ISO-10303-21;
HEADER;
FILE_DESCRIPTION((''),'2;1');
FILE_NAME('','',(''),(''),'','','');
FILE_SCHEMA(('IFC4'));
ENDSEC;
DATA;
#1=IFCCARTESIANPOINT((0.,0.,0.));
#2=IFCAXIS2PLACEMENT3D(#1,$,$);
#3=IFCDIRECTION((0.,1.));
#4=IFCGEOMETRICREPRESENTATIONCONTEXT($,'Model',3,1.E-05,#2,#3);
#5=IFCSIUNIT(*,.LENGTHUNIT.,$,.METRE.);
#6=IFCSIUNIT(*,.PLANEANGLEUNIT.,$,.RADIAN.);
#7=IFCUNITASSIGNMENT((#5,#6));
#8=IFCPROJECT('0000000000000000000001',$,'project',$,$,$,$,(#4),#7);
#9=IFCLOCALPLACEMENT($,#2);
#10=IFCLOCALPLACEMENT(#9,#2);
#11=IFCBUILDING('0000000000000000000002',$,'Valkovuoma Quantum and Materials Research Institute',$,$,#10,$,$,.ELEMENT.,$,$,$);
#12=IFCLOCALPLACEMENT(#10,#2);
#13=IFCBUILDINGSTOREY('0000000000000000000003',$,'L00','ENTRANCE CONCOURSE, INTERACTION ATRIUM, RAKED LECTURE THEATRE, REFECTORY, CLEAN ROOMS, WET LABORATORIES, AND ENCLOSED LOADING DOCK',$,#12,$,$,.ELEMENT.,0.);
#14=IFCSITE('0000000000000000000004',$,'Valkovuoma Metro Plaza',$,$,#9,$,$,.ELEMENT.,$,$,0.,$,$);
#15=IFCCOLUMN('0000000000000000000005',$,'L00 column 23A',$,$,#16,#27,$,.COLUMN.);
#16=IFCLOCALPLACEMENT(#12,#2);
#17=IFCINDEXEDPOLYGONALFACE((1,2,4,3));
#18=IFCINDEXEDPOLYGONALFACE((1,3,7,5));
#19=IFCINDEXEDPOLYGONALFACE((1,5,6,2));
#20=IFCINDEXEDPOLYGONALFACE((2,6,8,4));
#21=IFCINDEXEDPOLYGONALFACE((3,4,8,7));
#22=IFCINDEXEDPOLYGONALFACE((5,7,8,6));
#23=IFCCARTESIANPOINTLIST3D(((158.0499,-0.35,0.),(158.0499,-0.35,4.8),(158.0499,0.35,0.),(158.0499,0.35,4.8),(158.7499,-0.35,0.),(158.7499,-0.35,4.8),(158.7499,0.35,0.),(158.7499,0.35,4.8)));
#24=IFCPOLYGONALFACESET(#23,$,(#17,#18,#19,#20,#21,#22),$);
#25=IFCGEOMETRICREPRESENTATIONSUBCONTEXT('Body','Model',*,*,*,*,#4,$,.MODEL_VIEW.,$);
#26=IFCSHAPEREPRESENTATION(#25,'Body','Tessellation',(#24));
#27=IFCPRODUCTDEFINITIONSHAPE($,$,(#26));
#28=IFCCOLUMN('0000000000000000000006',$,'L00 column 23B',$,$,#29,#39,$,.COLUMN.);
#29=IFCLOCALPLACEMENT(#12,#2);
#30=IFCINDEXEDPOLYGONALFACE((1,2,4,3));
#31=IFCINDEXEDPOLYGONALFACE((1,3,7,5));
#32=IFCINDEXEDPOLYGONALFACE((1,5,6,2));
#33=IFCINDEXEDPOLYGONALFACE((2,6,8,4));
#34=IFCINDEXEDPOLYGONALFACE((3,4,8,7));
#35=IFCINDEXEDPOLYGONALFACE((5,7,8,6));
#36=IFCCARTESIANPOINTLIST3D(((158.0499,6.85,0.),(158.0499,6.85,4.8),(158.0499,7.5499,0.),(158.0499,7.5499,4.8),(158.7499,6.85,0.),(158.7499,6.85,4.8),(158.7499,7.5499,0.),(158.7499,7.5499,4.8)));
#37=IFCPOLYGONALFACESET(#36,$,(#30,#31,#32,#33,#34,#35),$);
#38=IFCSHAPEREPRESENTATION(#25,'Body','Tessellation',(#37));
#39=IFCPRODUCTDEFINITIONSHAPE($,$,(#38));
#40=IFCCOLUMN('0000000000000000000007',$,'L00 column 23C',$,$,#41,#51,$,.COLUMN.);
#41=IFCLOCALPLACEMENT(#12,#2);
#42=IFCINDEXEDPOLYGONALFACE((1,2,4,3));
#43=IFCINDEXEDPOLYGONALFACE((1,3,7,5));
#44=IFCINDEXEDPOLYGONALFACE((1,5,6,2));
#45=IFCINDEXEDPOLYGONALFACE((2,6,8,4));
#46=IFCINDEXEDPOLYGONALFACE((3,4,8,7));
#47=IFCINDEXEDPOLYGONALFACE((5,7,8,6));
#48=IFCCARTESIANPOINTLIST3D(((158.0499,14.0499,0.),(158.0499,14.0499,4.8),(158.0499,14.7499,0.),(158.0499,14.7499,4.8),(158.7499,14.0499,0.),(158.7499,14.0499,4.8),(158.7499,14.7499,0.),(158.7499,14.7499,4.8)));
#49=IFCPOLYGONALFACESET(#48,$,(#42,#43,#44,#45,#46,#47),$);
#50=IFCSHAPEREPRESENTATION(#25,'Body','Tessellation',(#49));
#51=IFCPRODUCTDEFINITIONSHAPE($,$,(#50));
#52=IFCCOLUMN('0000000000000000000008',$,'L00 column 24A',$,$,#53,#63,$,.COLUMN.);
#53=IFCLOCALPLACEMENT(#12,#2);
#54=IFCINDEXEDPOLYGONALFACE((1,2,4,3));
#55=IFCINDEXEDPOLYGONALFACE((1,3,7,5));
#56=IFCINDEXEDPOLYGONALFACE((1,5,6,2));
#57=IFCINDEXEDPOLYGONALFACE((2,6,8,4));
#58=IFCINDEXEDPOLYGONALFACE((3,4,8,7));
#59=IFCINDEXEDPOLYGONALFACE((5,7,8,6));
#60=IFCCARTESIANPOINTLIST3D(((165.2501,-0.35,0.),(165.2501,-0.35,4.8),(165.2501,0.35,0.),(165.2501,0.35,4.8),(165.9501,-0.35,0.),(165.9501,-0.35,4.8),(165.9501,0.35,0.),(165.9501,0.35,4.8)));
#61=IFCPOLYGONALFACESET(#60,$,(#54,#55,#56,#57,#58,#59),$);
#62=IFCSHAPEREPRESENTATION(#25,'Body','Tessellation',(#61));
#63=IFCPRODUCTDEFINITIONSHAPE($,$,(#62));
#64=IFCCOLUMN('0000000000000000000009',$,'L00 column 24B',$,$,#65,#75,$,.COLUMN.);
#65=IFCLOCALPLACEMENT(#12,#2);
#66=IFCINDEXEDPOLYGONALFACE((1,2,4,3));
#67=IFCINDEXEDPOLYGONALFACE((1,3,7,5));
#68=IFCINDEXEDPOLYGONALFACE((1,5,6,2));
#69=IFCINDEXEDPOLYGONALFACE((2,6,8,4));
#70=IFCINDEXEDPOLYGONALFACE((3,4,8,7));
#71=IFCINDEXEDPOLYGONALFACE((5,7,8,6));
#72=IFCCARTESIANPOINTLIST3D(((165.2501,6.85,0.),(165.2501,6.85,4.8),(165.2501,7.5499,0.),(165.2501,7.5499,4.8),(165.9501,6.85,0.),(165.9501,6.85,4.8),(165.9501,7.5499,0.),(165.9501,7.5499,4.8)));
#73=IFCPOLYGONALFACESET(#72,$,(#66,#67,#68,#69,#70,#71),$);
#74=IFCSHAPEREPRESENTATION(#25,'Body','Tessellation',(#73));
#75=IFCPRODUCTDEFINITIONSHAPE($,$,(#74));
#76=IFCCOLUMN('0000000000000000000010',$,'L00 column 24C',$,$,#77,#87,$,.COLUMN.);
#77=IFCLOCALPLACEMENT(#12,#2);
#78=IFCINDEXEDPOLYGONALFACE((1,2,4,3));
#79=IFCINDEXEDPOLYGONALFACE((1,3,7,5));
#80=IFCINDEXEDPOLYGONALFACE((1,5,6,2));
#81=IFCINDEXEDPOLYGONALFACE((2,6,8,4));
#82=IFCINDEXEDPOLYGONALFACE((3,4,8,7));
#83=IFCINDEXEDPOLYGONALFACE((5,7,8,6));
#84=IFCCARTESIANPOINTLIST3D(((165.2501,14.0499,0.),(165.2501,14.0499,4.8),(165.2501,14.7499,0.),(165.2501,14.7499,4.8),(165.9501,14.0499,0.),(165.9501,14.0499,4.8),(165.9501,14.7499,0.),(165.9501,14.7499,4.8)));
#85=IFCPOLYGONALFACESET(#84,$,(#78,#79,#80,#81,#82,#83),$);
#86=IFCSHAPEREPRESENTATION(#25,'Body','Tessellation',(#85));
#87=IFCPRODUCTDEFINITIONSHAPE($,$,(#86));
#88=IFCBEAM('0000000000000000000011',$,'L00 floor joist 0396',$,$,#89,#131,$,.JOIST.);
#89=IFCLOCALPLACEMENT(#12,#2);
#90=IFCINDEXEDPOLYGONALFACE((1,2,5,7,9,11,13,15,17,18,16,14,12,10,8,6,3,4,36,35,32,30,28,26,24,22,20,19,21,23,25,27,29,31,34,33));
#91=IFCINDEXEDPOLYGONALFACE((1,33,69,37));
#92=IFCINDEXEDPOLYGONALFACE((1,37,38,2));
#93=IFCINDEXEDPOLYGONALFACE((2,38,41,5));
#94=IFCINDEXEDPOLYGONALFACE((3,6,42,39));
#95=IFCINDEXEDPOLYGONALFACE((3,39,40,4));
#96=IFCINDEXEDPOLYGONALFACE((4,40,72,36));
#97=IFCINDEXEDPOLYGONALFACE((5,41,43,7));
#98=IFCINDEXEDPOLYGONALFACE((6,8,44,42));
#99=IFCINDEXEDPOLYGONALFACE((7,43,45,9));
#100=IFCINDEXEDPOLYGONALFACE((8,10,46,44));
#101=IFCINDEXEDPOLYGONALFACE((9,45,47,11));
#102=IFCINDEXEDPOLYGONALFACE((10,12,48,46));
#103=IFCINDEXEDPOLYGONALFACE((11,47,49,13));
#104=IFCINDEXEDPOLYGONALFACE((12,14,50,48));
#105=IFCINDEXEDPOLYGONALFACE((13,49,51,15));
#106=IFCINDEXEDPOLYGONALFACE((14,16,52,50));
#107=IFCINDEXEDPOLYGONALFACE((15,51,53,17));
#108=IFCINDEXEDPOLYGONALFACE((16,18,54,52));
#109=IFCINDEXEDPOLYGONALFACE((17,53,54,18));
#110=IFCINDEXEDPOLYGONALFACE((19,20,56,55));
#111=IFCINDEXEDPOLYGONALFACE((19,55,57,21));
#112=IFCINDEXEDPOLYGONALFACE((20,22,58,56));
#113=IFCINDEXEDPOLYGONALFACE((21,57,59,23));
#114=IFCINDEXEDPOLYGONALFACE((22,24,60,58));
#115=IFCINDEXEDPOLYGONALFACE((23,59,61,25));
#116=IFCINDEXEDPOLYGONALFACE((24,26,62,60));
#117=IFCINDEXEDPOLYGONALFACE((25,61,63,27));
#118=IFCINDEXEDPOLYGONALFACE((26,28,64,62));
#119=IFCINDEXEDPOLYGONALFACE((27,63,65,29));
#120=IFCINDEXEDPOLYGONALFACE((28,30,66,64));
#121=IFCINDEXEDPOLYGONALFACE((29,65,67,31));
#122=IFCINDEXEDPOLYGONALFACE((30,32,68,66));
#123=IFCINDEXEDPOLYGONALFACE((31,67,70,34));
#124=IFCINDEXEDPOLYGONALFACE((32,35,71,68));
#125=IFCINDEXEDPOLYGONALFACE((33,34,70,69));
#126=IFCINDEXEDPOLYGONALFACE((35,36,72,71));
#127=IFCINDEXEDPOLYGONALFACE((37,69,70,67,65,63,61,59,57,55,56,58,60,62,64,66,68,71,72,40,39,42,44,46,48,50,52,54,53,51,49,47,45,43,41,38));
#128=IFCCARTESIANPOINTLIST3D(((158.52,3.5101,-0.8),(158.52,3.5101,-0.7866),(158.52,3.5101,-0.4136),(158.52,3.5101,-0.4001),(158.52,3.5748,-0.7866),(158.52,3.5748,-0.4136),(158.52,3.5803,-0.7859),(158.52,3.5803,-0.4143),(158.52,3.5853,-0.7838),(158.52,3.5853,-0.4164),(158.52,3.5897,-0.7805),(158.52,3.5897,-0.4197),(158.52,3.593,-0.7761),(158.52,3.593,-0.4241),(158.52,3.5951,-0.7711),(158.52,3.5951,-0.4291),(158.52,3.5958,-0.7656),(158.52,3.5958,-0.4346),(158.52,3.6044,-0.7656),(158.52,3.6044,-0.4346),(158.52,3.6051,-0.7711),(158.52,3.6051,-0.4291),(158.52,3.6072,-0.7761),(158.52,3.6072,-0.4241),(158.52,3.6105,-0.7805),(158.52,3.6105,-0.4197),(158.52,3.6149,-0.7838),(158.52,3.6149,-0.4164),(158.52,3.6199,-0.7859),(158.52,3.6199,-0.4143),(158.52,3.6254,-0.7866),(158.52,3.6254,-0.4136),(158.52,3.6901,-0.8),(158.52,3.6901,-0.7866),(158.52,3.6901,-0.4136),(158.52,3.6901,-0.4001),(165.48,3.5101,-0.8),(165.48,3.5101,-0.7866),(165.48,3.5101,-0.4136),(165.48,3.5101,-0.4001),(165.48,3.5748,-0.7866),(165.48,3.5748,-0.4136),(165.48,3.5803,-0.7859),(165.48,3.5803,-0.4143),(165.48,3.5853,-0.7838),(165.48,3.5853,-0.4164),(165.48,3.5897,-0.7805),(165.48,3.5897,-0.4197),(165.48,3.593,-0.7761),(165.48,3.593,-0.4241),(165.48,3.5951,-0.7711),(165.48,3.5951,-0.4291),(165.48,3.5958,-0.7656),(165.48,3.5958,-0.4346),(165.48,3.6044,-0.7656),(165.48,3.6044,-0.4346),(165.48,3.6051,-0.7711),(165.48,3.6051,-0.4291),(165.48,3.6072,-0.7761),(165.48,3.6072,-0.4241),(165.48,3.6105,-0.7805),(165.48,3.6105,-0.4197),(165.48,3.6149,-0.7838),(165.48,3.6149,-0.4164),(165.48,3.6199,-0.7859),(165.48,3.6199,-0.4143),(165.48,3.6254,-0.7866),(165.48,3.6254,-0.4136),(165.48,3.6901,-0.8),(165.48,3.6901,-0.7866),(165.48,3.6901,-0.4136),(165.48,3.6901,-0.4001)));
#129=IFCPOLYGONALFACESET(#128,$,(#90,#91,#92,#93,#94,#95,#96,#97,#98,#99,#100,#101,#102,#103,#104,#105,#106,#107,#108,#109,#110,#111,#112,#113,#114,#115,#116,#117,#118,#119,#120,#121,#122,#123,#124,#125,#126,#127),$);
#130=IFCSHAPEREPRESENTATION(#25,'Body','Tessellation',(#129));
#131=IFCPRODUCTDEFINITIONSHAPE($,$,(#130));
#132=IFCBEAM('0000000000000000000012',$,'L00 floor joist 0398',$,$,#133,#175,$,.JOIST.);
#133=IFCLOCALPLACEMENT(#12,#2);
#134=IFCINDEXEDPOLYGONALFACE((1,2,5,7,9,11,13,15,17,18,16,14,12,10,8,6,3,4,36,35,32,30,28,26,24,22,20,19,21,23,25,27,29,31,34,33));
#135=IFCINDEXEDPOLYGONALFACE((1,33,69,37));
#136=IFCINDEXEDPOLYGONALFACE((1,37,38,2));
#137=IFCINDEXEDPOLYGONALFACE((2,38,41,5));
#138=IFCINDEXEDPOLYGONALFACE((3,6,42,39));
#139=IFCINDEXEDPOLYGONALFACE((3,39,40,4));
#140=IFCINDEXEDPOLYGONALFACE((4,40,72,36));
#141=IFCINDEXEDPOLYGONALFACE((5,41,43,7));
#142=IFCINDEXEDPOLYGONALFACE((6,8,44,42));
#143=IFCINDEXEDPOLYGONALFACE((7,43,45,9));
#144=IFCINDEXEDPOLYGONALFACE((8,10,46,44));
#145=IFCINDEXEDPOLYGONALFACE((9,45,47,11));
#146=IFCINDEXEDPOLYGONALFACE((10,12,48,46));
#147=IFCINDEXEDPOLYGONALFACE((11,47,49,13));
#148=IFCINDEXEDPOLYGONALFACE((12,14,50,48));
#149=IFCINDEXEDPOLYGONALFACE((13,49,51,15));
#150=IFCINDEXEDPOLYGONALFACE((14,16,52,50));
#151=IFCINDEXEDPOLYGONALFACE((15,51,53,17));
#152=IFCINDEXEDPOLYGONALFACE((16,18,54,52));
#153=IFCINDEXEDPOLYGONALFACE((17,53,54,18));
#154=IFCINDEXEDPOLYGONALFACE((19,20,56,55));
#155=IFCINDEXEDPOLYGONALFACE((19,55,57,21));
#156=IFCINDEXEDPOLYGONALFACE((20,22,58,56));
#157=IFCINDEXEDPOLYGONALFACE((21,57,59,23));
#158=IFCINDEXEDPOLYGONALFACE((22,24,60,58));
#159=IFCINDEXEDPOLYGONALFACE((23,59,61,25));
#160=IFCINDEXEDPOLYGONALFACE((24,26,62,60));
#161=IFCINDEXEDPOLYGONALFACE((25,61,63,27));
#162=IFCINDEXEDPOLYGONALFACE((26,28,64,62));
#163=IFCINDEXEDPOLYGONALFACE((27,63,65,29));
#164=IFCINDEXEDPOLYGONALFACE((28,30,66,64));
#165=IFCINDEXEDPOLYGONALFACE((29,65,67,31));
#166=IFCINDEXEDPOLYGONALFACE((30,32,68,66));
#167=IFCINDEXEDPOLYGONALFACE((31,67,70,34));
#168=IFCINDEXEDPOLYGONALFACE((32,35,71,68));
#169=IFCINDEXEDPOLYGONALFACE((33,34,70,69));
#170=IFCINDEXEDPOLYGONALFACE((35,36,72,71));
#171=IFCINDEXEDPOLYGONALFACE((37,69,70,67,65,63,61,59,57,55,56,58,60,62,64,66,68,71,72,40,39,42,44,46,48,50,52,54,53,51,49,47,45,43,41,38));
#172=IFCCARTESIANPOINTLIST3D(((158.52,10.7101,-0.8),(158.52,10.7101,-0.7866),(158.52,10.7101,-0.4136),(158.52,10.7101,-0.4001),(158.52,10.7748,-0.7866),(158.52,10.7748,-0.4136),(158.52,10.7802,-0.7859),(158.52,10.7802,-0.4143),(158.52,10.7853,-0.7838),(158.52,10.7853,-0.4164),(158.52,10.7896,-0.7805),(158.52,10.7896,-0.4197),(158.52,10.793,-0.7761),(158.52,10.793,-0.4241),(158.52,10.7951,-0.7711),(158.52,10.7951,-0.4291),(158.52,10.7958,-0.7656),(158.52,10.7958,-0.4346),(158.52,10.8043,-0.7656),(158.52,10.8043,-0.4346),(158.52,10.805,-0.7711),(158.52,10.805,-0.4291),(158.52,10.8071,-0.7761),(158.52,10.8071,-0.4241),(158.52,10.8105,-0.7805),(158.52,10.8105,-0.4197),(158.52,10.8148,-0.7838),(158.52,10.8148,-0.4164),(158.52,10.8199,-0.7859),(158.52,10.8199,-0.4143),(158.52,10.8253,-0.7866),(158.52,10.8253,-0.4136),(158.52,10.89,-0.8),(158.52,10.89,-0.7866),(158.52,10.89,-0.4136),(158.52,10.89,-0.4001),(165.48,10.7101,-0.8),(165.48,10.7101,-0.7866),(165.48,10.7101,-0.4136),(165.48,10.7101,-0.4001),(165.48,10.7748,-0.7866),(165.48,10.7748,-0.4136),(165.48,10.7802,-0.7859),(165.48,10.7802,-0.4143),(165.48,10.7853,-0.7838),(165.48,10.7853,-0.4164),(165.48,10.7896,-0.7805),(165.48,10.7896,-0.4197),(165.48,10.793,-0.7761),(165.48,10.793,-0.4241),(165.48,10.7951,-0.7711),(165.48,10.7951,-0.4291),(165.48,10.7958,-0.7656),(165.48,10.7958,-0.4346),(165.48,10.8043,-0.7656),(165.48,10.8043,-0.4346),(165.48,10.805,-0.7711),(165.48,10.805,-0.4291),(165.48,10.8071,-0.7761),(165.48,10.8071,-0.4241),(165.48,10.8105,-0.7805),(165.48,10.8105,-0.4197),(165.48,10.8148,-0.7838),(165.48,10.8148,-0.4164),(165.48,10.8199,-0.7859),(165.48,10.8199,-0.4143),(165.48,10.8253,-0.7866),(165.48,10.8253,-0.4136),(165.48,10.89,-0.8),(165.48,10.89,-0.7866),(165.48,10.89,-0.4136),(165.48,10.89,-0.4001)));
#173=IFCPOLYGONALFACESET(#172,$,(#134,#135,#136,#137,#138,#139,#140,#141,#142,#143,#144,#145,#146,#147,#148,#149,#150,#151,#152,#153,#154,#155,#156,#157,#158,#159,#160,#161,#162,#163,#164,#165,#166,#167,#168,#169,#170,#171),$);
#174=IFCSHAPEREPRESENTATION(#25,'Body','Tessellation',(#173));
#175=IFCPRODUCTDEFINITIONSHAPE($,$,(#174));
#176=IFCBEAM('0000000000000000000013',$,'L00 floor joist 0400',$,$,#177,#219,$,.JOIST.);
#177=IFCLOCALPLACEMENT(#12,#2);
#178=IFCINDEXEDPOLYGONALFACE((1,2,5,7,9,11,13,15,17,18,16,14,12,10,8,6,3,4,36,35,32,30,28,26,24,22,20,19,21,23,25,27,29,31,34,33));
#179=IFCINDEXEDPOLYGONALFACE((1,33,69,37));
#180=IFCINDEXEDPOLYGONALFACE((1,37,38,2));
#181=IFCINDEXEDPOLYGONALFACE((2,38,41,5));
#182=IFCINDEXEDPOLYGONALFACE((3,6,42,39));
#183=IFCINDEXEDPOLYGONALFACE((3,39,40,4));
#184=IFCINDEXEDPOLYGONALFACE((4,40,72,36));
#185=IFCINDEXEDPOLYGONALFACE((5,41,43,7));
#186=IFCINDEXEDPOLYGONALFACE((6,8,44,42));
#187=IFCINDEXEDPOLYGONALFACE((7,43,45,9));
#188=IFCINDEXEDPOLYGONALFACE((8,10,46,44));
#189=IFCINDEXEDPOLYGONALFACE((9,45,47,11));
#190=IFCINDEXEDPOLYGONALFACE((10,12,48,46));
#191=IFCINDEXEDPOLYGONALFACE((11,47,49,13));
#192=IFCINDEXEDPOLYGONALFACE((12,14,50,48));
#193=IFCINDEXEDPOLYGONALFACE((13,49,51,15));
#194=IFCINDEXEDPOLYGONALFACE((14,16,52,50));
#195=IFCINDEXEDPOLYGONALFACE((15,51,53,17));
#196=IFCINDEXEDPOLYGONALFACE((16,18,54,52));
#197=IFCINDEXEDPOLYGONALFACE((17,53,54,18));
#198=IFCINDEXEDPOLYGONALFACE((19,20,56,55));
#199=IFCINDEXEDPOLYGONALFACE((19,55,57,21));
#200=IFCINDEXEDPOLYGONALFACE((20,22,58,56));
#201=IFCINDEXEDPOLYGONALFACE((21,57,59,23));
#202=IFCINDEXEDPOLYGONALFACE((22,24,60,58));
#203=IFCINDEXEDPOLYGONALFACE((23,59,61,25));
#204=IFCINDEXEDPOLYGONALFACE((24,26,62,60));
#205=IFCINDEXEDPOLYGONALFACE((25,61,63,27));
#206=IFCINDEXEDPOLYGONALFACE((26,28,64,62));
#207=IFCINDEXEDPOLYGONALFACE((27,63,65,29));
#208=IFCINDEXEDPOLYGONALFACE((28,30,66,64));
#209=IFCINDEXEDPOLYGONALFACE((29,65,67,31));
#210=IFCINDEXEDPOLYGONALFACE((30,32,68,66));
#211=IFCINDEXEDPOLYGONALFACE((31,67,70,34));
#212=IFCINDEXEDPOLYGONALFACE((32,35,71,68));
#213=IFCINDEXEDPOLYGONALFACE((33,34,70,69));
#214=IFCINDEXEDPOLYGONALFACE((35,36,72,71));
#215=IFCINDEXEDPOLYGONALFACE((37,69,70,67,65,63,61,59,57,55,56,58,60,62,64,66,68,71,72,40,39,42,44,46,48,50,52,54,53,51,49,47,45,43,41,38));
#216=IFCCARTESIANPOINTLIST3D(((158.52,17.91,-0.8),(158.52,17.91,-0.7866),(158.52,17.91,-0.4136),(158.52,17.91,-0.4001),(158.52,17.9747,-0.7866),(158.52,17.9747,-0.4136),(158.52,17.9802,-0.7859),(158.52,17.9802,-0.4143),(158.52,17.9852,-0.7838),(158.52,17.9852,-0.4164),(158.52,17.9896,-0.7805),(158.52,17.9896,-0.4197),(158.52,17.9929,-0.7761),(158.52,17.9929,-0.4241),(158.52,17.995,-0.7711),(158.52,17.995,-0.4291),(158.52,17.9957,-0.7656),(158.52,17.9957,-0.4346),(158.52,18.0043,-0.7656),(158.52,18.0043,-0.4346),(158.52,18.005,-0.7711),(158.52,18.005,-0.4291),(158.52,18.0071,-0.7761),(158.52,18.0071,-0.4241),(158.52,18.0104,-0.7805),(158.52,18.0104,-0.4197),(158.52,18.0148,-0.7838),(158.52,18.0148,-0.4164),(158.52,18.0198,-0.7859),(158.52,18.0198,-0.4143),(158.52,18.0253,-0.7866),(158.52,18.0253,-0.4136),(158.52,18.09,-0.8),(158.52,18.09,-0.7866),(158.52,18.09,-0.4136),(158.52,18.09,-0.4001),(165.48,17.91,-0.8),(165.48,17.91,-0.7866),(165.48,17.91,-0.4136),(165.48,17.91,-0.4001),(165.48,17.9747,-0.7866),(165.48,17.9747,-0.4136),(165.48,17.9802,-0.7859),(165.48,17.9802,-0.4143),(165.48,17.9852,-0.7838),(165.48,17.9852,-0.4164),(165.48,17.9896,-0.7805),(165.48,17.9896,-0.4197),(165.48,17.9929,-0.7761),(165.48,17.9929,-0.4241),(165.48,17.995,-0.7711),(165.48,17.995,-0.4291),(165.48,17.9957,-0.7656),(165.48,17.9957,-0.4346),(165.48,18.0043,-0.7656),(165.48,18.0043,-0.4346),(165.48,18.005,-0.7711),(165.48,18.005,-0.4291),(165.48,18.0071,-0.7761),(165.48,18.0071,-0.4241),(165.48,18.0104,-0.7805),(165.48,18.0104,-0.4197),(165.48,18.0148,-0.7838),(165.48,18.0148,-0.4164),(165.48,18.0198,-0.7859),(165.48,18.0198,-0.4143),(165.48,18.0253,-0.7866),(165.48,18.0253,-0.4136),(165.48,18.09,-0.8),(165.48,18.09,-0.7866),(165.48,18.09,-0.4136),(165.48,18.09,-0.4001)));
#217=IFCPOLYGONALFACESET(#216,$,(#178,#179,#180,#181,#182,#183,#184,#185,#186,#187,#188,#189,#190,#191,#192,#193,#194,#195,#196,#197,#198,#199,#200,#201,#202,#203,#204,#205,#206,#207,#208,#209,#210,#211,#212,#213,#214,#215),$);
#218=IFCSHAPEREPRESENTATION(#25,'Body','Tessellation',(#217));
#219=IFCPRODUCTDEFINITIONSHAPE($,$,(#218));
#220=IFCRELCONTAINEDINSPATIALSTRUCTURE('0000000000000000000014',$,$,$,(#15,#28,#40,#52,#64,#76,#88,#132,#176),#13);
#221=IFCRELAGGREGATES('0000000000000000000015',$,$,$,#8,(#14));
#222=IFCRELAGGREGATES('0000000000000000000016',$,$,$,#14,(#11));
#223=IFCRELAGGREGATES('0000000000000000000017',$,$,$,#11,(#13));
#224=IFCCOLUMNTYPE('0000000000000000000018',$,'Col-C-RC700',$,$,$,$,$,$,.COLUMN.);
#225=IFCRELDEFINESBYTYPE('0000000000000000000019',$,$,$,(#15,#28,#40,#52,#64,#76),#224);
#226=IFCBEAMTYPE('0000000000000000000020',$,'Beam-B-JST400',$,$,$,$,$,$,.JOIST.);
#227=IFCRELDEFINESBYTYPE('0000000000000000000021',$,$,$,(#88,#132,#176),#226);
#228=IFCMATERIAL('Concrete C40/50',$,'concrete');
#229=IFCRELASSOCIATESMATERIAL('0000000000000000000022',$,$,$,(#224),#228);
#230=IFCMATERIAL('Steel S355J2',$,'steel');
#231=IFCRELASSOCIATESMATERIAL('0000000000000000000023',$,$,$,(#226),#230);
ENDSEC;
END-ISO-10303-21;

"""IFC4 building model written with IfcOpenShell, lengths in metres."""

from ifc_helpers import new_model, si_unit, direction, frame, origin, origin_2d, place, context, subcontext, project, spatial, rectangle, i_section, extrude, material, material_profile, profile_set, type_object, element, save


model = new_model("IFC4")

# Units and contexts
model_context = context("Model", 3, precision=1e-05, world=origin(), true_north=direction((0.0, 1.0)))
body_context = subcontext(model_context, "Body", "Model", "MODEL_VIEW")
ifc_project = project(units=[si_unit("LENGTHUNIT", "METRE"), si_unit("PLANEANGLEUNIT", "RADIAN")], contexts=[model_context])

# Site, building, storey
site_placement = place(None, origin())
site = spatial("IfcSite", under=ifc_project, at=site_placement, Name="Valkovuoma Metro Plaza", CompositionType="ELEMENT", RefElevation=0.0)
building_placement = place(site_placement, origin())
building = spatial("IfcBuilding", under=site, at=building_placement, Name="Valkovuoma Quantum and Materials Research Institute", CompositionType="ELEMENT")
storey_placement = place(building_placement, origin())
storey = spatial("IfcBuildingStorey", under=building, at=storey_placement, Name="L00", Description="ENTRANCE CONCOURSE, INTERACTION ATRIUM, RAKED LECTURE THEATRE, REFECTORY, CLEAN ROOMS, WET LABORATORIES, AND ENCLOSED LOADING DOCK", CompositionType="ELEMENT", Elevation=0.0)

# Columns
ifc_material_1 = material(Name="Concrete C40/50", Category="concrete")
ifc_material_profile_1 = material_profile(ifc_material_1, rectangle(XDim=0.7, YDim=0.7, at=origin_2d()), Name="Concrete C40/50")
ifc_profile_set_1 = profile_set([ifc_material_profile_1], Name="Concrete C40/50")
column_type = type_object("IfcColumnType", Name="Col-C-RC700", PredefinedType="COLUMN", material=ifc_profile_set_1)
for number, where, z_axis, x_axis, name in (
    (1, (158.3999, 0.0, 0.0), (0.0, 0.0, 1.0), (1.0, 0.0, 0.0), "L00 column 23A"),
    (2, (158.3999, 7.2, 0.0), (0.0, 0.0, 1.0), (1.0, 0.0, 0.0), "L00 column 23B"),
    (3, (158.3999, 14.3999, 0.0), (0.0, 0.0, 1.0), (1.0, 0.0, 0.0), "L00 column 23C"),
    (4, (165.6001, 0.0, 0.0), (0.0, 0.0, 1.0), (1.0, 0.0, 0.0), "L00 column 24A"),
    (5, (165.6001, 7.2, 0.0), (0.0, 0.0, 1.0), (1.0, 0.0, 0.0), "L00 column 24B"),
    (6, (165.6001, 14.3999, 0.0), (0.0, 0.0, 1.0), (1.0, 0.0, 0.0), "L00 column 24C"),
):
    element("IfcColumn", number, at=place(storey_placement, frame(where, z_axis=z_axis, x_axis=x_axis)), inside=storey, type_object=column_type, Name=name, PredefinedType="COLUMN", context=body_context, shape_type="SweptSolid", body=[
        extrude(rectangle(XDim=0.7, YDim=0.7, at=origin_2d()), origin(), (0.0, 0.0, 1.0), 4.8),
    ])

# Beams
ifc_material_2 = material(Name="Steel S355J2", Category="steel")
ifc_material_profile_2 = material_profile(ifc_material_2, i_section(OverallWidth=0.1799, OverallDepth=0.3999, WebThickness=0.0085, FlangeThickness=0.0134, FilletRadius=0.021, at=origin_2d()), Name="Steel S355J2")
ifc_profile_set_2 = profile_set([ifc_material_profile_2], Name="Steel S355J2")
beam_type_1 = type_object("IfcBeamType", Name="Beam-B-JST400", PredefinedType="JOIST", material=ifc_profile_set_2)
for number, where, z_axis, x_axis, name in (
    (7, (158.52, 3.6001, -0.6001), (1.0, 0.0, 0.0), (0.0, 1.0, 0.0), "L00 floor joist 0396"),
    (8, (158.52, 10.8, -0.6001), (1.0, 0.0, 0.0), (0.0, 1.0, 0.0), "L00 floor joist 0398"),
    (9, (158.52, 18.0, -0.6001), (1.0, 0.0, 0.0), (0.0, 1.0, 0.0), "L00 floor joist 0400"),
):
    element("IfcBeam", number, at=place(storey_placement, frame(where, z_axis=z_axis, x_axis=x_axis)), inside=storey, type_object=beam_type_1, Name=name, PredefinedType="JOIST", context=body_context, shape_type="SweptSolid", body=[
        extrude(i_section(OverallWidth=0.1799, OverallDepth=0.3999, WebThickness=0.0085, FlangeThickness=0.0134, FilletRadius=0.021, at=origin_2d()), origin(), (0.0, 0.0, 1.0), 6.96),
    ])

save(model, "model.ifc")
